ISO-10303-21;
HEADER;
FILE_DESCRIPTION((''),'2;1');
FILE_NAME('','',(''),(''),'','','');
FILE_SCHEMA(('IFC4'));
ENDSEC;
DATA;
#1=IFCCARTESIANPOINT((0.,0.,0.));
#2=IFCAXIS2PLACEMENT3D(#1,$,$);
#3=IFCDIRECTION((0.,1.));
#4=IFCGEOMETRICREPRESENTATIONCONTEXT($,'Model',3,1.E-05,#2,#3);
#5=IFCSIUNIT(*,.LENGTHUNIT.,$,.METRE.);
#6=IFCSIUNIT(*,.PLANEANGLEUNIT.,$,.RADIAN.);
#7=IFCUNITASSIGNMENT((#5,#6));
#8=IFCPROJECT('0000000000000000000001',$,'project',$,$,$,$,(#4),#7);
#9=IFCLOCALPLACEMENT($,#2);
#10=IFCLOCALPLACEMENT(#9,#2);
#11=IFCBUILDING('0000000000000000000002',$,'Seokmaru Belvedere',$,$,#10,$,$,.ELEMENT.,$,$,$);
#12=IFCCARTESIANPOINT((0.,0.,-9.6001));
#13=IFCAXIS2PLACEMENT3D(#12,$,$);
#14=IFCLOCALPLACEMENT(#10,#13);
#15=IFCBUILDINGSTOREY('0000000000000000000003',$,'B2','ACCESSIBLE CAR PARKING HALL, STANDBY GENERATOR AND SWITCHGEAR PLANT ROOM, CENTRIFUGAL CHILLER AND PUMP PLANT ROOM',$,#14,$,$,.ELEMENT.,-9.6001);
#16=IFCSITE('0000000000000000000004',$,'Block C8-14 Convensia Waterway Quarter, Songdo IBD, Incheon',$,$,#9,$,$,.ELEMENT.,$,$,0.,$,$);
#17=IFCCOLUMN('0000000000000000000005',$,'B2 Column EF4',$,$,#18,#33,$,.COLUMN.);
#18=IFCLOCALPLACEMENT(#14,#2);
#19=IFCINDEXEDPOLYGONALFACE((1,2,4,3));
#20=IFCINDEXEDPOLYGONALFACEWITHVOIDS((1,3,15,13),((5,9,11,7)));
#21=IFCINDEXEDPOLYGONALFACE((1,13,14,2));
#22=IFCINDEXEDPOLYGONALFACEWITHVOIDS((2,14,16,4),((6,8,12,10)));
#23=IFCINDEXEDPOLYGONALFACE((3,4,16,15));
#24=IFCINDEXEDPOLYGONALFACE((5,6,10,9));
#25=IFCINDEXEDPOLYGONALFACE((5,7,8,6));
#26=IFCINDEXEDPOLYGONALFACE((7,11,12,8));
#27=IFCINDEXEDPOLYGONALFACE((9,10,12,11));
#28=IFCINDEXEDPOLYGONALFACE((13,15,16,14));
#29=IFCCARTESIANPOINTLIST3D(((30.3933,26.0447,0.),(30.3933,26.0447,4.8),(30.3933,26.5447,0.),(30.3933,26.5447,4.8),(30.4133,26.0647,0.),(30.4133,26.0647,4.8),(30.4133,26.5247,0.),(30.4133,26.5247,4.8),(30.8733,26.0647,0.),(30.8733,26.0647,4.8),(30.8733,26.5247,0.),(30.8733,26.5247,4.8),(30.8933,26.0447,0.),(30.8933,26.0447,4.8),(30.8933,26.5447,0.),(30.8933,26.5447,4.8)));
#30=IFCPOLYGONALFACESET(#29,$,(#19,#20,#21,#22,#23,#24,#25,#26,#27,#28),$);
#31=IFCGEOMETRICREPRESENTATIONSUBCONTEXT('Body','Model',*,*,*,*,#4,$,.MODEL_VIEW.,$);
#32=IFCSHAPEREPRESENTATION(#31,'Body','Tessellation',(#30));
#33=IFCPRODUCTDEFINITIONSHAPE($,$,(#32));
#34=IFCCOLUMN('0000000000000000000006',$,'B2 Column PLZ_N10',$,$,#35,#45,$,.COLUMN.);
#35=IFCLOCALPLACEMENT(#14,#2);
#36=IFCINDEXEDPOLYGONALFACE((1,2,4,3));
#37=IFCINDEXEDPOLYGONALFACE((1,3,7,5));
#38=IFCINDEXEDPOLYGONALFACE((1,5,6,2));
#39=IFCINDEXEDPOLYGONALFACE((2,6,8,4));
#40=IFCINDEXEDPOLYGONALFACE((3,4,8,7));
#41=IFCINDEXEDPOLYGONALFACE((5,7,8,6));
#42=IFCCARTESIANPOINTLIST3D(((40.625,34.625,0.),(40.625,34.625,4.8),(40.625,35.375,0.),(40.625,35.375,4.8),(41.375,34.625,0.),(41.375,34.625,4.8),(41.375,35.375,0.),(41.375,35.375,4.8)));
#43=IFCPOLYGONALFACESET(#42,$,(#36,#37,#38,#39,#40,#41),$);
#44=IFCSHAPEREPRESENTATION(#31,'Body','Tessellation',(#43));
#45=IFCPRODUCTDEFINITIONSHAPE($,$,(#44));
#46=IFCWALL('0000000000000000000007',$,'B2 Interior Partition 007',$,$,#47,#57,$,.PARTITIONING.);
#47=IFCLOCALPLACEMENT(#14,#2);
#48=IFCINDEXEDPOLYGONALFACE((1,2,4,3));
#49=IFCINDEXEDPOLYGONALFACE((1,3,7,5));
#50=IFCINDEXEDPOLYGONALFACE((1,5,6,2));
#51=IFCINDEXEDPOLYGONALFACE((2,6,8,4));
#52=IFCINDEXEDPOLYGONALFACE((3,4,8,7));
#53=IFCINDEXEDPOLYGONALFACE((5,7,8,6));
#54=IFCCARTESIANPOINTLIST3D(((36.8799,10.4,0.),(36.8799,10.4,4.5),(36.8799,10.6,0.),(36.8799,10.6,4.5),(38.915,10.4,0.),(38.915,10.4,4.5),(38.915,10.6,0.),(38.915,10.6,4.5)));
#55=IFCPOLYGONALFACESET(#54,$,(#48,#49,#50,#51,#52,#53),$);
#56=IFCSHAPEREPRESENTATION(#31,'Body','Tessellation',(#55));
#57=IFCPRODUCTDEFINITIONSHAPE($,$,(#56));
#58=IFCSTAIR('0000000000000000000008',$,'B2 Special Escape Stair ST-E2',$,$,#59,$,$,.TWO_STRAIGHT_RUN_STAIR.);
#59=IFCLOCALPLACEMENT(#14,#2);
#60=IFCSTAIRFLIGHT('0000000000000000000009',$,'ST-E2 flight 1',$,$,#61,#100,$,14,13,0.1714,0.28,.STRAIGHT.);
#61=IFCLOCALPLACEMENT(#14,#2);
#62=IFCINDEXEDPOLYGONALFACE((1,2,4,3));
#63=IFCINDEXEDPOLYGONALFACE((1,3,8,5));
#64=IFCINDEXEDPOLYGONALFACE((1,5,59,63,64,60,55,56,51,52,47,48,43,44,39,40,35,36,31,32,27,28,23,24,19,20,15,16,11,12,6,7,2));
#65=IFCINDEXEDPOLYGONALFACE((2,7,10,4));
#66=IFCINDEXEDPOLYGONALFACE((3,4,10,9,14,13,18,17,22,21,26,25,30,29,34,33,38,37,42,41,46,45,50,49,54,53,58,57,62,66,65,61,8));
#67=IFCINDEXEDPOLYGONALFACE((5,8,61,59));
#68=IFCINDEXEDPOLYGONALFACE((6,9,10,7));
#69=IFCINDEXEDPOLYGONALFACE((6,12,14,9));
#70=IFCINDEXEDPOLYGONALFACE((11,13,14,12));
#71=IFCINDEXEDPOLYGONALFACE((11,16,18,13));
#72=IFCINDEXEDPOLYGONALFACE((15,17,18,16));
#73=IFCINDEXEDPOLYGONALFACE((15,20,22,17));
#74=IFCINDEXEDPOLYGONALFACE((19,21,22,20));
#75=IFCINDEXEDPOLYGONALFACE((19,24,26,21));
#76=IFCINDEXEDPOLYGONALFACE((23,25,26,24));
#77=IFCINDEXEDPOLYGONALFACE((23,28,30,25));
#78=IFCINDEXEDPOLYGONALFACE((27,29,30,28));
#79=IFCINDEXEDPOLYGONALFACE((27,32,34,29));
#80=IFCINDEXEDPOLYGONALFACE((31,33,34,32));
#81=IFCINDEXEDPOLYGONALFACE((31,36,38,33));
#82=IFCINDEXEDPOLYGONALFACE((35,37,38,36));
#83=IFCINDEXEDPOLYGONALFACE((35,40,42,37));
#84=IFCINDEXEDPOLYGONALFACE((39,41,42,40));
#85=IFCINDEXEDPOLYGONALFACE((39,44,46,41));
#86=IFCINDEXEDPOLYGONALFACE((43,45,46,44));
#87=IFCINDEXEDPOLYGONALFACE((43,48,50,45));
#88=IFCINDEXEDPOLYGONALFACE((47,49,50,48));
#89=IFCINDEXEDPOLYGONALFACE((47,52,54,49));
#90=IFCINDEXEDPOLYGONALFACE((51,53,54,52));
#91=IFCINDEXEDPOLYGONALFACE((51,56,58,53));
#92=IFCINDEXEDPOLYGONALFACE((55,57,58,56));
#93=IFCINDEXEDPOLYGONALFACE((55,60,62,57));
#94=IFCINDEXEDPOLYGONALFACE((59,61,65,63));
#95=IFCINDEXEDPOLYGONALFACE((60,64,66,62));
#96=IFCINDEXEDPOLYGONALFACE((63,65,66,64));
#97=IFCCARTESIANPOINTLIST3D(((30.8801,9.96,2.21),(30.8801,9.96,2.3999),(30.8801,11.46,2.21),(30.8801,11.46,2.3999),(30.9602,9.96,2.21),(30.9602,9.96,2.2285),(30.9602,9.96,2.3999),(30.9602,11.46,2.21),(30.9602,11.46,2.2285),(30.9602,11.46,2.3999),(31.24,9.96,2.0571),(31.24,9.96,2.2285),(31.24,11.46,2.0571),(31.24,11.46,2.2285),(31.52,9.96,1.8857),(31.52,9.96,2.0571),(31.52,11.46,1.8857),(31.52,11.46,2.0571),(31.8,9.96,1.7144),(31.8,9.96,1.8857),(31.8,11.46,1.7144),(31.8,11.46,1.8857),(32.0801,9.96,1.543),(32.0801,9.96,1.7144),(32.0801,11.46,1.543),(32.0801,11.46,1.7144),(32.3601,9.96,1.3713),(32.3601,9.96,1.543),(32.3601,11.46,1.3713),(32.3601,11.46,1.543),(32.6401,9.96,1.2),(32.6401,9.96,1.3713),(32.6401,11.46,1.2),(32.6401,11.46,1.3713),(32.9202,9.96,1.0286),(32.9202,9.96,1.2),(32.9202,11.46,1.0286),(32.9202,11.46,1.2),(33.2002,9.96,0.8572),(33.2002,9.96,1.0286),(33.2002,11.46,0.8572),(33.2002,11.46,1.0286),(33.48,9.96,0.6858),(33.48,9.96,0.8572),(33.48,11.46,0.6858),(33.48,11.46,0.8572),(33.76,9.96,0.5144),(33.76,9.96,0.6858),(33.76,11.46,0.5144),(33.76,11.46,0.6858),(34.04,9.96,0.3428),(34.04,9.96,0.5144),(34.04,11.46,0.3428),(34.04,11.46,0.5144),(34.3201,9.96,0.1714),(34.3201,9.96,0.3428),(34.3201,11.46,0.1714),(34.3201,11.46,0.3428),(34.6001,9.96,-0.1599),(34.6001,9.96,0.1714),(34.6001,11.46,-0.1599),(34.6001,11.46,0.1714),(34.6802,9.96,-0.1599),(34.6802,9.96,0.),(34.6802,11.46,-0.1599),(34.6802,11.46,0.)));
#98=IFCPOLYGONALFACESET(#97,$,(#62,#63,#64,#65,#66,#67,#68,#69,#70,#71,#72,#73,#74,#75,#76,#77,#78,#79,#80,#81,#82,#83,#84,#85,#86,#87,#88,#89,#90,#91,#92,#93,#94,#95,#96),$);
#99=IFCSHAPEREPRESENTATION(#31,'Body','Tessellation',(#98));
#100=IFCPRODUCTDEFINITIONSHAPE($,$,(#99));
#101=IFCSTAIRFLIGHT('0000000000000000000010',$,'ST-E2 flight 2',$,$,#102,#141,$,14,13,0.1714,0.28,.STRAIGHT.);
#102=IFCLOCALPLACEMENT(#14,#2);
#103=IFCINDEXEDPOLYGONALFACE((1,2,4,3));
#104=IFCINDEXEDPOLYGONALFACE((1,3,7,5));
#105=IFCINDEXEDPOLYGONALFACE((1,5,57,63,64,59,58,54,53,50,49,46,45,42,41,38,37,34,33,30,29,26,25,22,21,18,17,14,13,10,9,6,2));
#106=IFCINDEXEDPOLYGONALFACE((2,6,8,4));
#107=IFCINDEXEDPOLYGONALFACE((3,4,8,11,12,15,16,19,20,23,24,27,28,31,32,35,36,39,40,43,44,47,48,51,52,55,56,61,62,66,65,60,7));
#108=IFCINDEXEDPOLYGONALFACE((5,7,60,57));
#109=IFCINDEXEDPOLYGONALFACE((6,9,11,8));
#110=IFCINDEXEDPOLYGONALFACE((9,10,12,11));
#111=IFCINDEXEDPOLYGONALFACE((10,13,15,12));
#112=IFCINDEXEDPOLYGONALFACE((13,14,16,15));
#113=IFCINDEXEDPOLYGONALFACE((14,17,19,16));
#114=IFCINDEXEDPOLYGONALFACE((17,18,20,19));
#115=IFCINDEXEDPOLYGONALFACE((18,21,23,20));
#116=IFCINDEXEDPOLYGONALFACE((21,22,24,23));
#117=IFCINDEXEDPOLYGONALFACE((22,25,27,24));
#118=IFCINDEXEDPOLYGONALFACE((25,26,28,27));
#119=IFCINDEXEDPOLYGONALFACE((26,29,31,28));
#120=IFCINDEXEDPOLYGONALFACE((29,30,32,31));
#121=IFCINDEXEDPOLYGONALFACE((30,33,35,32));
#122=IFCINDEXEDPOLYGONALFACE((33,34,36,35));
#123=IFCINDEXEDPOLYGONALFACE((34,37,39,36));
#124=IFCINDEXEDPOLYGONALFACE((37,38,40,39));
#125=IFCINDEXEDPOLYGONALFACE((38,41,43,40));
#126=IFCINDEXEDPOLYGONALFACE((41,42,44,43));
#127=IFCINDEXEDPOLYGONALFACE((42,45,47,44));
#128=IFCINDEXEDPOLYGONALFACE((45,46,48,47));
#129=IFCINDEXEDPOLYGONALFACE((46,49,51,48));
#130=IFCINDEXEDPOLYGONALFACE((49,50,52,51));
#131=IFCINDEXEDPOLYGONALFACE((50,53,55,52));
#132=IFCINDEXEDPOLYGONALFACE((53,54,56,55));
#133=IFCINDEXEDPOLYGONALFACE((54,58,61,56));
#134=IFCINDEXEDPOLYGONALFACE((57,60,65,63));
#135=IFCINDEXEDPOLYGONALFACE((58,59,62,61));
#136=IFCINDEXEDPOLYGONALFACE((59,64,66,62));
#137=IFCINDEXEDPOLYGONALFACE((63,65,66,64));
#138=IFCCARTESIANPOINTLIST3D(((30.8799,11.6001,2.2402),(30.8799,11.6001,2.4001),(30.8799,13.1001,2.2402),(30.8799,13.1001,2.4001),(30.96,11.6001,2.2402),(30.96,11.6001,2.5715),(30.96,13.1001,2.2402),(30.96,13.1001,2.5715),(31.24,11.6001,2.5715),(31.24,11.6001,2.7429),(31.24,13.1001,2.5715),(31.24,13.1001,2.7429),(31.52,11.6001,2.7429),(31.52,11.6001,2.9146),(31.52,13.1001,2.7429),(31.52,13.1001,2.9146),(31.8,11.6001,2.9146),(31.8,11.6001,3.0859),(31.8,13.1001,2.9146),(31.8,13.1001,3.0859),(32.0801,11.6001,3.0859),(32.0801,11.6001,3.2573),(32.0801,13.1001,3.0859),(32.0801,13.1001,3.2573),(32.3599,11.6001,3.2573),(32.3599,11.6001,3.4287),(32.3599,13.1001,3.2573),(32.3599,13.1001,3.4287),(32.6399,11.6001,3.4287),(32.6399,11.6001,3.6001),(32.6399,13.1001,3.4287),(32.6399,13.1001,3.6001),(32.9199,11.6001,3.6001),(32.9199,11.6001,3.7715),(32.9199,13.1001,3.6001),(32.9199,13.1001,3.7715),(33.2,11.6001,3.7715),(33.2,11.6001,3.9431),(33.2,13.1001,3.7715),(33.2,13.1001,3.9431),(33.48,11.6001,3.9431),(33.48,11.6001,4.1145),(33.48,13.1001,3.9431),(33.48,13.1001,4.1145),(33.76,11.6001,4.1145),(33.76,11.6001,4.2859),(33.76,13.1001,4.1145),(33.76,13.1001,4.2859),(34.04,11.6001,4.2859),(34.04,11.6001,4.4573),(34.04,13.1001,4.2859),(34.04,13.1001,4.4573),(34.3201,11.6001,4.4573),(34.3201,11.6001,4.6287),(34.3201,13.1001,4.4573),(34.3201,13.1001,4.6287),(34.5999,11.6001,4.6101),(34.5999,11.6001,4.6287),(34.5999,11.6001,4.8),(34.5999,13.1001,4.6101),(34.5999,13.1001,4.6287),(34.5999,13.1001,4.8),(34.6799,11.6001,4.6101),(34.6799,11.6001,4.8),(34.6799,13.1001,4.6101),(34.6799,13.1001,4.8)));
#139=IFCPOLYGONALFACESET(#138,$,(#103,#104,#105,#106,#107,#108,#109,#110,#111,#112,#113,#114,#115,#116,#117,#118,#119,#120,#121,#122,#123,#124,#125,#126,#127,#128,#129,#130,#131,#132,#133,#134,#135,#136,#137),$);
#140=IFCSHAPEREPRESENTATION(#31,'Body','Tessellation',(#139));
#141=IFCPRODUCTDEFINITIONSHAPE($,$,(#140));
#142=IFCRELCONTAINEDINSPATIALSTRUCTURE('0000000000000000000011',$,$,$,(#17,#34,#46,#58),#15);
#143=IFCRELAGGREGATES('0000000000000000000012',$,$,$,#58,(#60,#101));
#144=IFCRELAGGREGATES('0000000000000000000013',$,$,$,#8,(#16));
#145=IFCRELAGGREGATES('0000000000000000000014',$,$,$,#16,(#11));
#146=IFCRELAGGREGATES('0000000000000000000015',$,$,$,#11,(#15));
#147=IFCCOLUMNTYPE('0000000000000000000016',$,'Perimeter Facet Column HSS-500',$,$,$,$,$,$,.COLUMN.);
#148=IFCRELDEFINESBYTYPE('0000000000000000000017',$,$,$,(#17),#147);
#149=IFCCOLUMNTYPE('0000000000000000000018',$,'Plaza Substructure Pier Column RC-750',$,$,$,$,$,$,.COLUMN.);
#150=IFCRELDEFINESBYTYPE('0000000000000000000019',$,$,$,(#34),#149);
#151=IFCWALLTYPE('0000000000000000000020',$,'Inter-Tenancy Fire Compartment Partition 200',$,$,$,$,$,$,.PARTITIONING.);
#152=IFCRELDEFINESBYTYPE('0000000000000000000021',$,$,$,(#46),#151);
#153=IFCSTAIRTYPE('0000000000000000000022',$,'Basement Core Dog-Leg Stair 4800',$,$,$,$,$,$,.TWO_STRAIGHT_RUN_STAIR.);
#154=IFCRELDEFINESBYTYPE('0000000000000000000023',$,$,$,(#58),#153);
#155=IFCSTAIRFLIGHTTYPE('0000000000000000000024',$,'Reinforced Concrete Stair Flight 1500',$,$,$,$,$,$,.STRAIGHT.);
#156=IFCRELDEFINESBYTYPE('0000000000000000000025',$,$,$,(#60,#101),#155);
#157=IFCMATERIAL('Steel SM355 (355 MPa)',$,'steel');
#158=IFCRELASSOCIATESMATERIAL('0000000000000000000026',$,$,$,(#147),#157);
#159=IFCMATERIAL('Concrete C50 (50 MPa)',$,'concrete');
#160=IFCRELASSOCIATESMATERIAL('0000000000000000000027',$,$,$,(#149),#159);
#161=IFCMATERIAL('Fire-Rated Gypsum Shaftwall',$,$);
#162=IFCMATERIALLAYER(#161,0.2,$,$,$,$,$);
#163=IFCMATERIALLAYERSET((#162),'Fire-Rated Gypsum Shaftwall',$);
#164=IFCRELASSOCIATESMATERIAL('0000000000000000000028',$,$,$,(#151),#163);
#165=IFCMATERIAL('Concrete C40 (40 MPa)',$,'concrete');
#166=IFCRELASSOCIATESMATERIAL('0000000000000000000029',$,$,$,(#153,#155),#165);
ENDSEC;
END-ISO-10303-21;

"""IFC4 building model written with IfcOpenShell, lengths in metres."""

from ifc_helpers import new_model, si_unit, direction, frame, frame_2d, origin, origin_2d, place, context, subcontext, project, spatial, polyline, rectangle, hollow_rectangle, outline, extrude, source, transform, mapped, material, layer, layer_set, material_profile, profile_set, type_object, type_shapes, element, aggregate, save


model = new_model("IFC4")

# Units and contexts
model_context = context("Model", 3, precision=1e-05, world=origin(), true_north=direction((0.0, 1.0)))
body_context = subcontext(model_context, "Body", "Model", "MODEL_VIEW")
ifc_project = project(units=[si_unit("LENGTHUNIT", "METRE"), si_unit("PLANEANGLEUNIT", "RADIAN")], contexts=[model_context])

# Site, building, storey
site_placement = place(None, origin())
site = spatial("IfcSite", under=ifc_project, at=site_placement, Name="Block C8-14 Convensia Waterway Quarter, Songdo IBD, Incheon", CompositionType="ELEMENT", RefElevation=0.0)
building_placement = place(site_placement, origin())
building = spatial("IfcBuilding", under=site, at=building_placement, Name="Seokmaru Belvedere", CompositionType="ELEMENT")
storey_placement = place(building_placement, frame((0.0, 0.0, -9.6001)))
storey = spatial("IfcBuildingStorey", under=building, at=storey_placement, Name="B2", Description="ACCESSIBLE CAR PARKING HALL, STANDBY GENERATOR AND SWITCHGEAR PLANT ROOM, CENTRIFUGAL CHILLER AND PUMP PLANT ROOM", CompositionType="ELEMENT", Elevation=-9.6001)

# Shared definitions
ifc_material_1 = material(Name="Concrete C50 (50 MPa)", Category="concrete")

# Shared definitions
ifc_material_2 = material(Name="Concrete C40 (40 MPa)", Category="concrete")

# Columns
ifc_material_3 = material(Name="Steel SM355 (355 MPa)", Category="steel")
ifc_material_profile_1 = material_profile(ifc_material_3, hollow_rectangle(XDim=0.5, YDim=0.5, WallThickness=0.02, at=origin_2d()), Name="HSS-500x500x20")
ifc_profile_set_1 = profile_set([ifc_material_profile_1], Name="Steel SM355 (355 MPa)")
column_type_1 = type_object("IfcColumnType", Name="Perimeter Facet Column HSS-500", PredefinedType="COLUMN", material=ifc_profile_set_1)
shared_shape_1 = source(origin(), body_context, "Body", "SweptSolid", [
    extrude(hollow_rectangle(XDim=0.5, YDim=0.5, WallThickness=0.02, at=origin_2d()), origin(), (0.0, 0.0, 1.0), 4.8),
])
type_shapes(column_type_1, [shared_shape_1])
column_1_placement = place(storey_placement, frame((30.6433, 26.2947, 0.0), z_axis=(0.0, 0.0, 1.0), x_axis=(1.0, 0.0, 0.0)))
element("IfcColumn", 1, at=column_1_placement, inside=storey, type_object=column_type_1, Name="B2 Column EF4", PredefinedType="COLUMN", context=body_context, shape_type="MappedRepresentation", body=[
    mapped(shared_shape_1, transform((0.0, 0.0, 0.0), scale=1.0)),
])
ifc_material_profile_2 = material_profile(ifc_material_1, rectangle(XDim=0.75, YDim=0.75, at=origin_2d()), Name="RC-750x750")
ifc_profile_set_2 = profile_set([ifc_material_profile_2], Name="Concrete C50 (50 MPa)")
column_type_2 = type_object("IfcColumnType", Name="Plaza Substructure Pier Column RC-750", PredefinedType="COLUMN", material=ifc_profile_set_2)
shared_shape_2 = source(origin(), body_context, "Body", "SweptSolid", [
    extrude(rectangle(XDim=0.75, YDim=0.75, at=origin_2d()), origin(), (0.0, 0.0, 1.0), 4.8),
])
type_shapes(column_type_2, [shared_shape_2])
column_2_placement = place(storey_placement, frame((41.0, 35.0, 0.0), z_axis=(0.0, 0.0, 1.0), x_axis=(1.0, 0.0, 0.0)))
element("IfcColumn", 2, at=column_2_placement, inside=storey, type_object=column_type_2, Name="B2 Column PLZ_N10", PredefinedType="COLUMN", context=body_context, shape_type="MappedRepresentation", body=[
    mapped(shared_shape_2, transform((0.0, 0.0, 0.0), scale=1.0)),
])

# Wall
ifc_material_4 = material(Name="Fire-Rated Gypsum Shaftwall")
ifc_layer_1 = layer(ifc_material_4, 0.2)
ifc_layer_set_1 = layer_set([ifc_layer_1], Name="Fire-Rated Gypsum Shaftwall")
wall_type = type_object("IfcWallType", Name="Inter-Tenancy Fire Compartment Partition 200", PredefinedType="PARTITIONING", material=ifc_layer_set_1)
wall_placement = place(storey_placement, frame((36.8799, 10.5, 0.0), z_axis=(0.0, 0.0, 1.0), x_axis=(1.0, 0.0, 0.0)))
element("IfcWall", 3, at=wall_placement, inside=storey, type_object=wall_type, Name="B2 Interior Partition 007", PredefinedType="PARTITIONING", context=body_context, shape_type="SweptSolid", body=[
    extrude(rectangle(XDim=2.0352, YDim=0.2, at=frame_2d((1.0176, 0.0))), origin(), (0.0, 0.0, 1.0), 4.5),
])

# Stair, stair flights
stair_type = type_object("IfcStairType", Name="Basement Core Dog-Leg Stair 4800", PredefinedType="TWO_STRAIGHT_RUN_STAIR", material=ifc_material_2)
stair_placement = place(storey_placement, origin())
stair = element("IfcStair", 4, at=stair_placement, inside=storey, type_object=stair_type, Name="B2 Special Escape Stair ST-E2", PredefinedType="TWO_STRAIGHT_RUN_STAIR")
stair_flight_type = type_object("IfcStairFlightType", Name="Reinforced Concrete Stair Flight 1500", PredefinedType="STRAIGHT", material=ifc_material_2)
stair_flight_1_placement = place(storey_placement, frame((34.6001, 10.71, 0.0), z_axis=(0.0, 0.0, 1.0), x_axis=(-1.0, 0.0, 0.0)))
stair_flight_1 = element("IfcStairFlight", 5, at=stair_flight_1_placement, type_object=stair_flight_type, Name="ST-E2 flight 1", NumberOfRisers=14, NumberOfTreads=13, PredefinedType="STRAIGHT", RiserHeight=0.1714, TreadLength=0.28, context=body_context, shape_type="SweptSolid", body=[
    extrude(outline(polyline([(-0.0801, 0.0), (0.0, 0.1714), (0.28, 0.1714), (0.28, 0.3428), (0.5601, 0.3428), (0.5601, 0.5144), (0.8401, 0.5144), (0.8401, 0.6858), (1.1201, 0.6858), (1.1201, 0.8572), (1.3999, 0.8572), (1.3999, 1.0286), (1.6799, 1.0286), (1.6799, 1.2), (1.96, 1.2), (1.96, 1.3713), (2.24, 1.3713), (2.24, 1.543), (2.52, 1.543), (2.52, 1.7144), (2.8, 1.7144), (2.8, 1.8857), (3.0801, 1.8857), (3.0801, 2.0571), (3.3601, 2.0571), (3.3601, 2.2285), (3.6399, 2.2285), (3.6399, 2.3999), (3.72, 2.3999), (3.72, 2.21), (3.6399, 2.21), (0.0, -0.1599), (-0.0801, -0.1599), (-0.0801, 0.0)])), frame((0.0, 0.75, 0.0), z_axis=(0.0, -1.0, 0.0), x_axis=(1.0, 0.0, 0.0)), (0.0, 0.0, 1.0), 1.5),
])
stair_flight_2_placement = place(storey_placement, frame((30.96, 12.3501, 2.4001), z_axis=(0.0, 0.0, 1.0), x_axis=(1.0, 0.0, 0.0)))
stair_flight_2 = element("IfcStairFlight", 6, at=stair_flight_2_placement, type_object=stair_flight_type, Name="ST-E2 flight 2", NumberOfRisers=14, NumberOfTreads=13, PredefinedType="STRAIGHT", RiserHeight=0.1714, TreadLength=0.28, context=body_context, shape_type="SweptSolid", body=[
    extrude(outline(polyline([(-0.0801, 0.0), (0.0, 0.1714), (0.28, 0.1714), (0.28, 0.3428), (0.5601, 0.3428), (0.5601, 0.5144), (0.8401, 0.5144), (0.8401, 0.6858), (1.1201, 0.6858), (1.1201, 0.8572), (1.3999, 0.8572), (1.3999, 1.0286), (1.6799, 1.0286), (1.6799, 1.2), (1.96, 1.2), (1.96, 1.3713), (2.24, 1.3713), (2.24, 1.543), (2.52, 1.543), (2.52, 1.7144), (2.8, 1.7144), (2.8, 1.8857), (3.0801, 1.8857), (3.0801, 2.0571), (3.3601, 2.0571), (3.3601, 2.2285), (3.6399, 2.2285), (3.6399, 2.3999), (3.72, 2.3999), (3.72, 2.21), (3.6399, 2.21), (0.0, -0.1599), (-0.0801, -0.1599), (-0.0801, 0.0)])), frame((0.0, 0.75, 0.0), z_axis=(0.0, -1.0, 0.0), x_axis=(1.0, 0.0, 0.0)), (0.0, 0.0, 1.0), 1.5),
])
aggregate(stair, [stair_flight_1, stair_flight_2])

save(model, "model.ifc")
